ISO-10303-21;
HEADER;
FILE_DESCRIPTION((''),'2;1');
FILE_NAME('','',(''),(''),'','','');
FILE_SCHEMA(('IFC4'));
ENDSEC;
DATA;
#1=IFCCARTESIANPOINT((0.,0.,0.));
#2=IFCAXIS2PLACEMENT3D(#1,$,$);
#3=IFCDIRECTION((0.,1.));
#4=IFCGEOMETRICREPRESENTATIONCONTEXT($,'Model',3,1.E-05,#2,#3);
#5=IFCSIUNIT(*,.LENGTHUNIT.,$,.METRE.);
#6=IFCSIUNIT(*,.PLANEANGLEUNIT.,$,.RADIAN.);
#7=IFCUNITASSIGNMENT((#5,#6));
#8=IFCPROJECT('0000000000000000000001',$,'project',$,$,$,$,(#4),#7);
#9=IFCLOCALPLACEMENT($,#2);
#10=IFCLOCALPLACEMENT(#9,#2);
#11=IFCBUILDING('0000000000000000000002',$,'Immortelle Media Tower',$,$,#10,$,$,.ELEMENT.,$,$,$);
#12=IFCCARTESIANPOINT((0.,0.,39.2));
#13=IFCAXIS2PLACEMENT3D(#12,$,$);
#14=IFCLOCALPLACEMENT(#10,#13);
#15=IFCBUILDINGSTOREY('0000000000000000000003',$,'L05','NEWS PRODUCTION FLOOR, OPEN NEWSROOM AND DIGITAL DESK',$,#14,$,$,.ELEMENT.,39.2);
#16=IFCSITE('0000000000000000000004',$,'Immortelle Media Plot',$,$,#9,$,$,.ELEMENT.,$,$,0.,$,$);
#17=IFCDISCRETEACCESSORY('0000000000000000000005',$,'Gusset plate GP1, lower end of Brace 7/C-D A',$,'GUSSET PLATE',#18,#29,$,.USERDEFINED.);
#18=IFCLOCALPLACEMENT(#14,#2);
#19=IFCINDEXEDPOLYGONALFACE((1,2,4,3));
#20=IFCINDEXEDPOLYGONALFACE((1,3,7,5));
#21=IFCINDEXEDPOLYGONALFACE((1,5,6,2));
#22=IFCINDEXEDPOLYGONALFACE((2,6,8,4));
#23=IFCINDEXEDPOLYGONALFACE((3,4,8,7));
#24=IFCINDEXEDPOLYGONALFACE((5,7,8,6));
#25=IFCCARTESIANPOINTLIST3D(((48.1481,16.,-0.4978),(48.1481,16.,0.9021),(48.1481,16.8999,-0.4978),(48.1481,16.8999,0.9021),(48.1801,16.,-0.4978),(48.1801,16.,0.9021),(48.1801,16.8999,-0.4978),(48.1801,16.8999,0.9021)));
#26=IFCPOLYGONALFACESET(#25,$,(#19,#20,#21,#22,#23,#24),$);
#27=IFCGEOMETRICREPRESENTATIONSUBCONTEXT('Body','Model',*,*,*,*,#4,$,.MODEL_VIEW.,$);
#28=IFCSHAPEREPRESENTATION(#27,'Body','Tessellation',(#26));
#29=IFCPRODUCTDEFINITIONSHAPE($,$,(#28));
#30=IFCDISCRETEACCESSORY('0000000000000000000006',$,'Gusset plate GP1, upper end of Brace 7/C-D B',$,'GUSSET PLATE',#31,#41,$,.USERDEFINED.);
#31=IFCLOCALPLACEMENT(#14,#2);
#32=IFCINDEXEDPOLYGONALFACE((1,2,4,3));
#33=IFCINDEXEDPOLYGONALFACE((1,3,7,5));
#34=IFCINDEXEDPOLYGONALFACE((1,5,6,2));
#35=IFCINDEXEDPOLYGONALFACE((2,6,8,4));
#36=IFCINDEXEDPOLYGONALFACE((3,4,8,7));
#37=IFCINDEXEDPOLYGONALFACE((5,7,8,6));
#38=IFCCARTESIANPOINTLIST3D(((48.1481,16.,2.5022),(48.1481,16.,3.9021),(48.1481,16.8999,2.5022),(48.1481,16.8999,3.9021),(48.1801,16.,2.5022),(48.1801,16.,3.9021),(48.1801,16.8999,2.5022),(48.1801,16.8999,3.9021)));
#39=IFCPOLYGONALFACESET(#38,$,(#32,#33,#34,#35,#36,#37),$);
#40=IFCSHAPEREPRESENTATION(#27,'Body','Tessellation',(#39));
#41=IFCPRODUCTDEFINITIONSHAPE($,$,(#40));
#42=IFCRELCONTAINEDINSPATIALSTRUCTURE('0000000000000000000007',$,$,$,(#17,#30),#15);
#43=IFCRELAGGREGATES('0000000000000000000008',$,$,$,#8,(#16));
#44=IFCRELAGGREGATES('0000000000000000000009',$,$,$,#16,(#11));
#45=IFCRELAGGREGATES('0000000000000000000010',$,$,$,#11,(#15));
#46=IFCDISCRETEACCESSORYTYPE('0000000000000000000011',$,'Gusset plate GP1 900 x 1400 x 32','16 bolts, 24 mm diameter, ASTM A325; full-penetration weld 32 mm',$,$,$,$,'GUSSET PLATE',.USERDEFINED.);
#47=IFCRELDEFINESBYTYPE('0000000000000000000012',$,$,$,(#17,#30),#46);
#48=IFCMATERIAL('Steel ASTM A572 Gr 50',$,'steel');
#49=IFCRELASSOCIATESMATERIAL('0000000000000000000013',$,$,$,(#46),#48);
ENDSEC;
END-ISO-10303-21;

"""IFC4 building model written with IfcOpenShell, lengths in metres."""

from ifc_helpers import new_model, si_unit, direction, frame, origin, origin_2d, place, context, subcontext, project, spatial, rectangle, extrude, material, material_profile, profile_set, type_object, element, save


model = new_model("IFC4")

# Units and contexts
model_context = context("Model", 3, precision=1e-05, world=origin(), true_north=direction((0.0, 1.0)))
body_context = subcontext(model_context, "Body", "Model", "MODEL_VIEW")
ifc_project = project(units=[si_unit("LENGTHUNIT", "METRE"), si_unit("PLANEANGLEUNIT", "RADIAN")], contexts=[model_context])

# Site, building, storey
site_placement = place(None, origin())
site = spatial("IfcSite", under=ifc_project, at=site_placement, Name="Immortelle Media Plot", CompositionType="ELEMENT", RefElevation=0.0)
building_placement = place(site_placement, origin())
building = spatial("IfcBuilding", under=site, at=building_placement, Name="Immortelle Media Tower", CompositionType="ELEMENT")
storey_placement = place(building_placement, frame((0.0, 0.0, 39.2)))
storey = spatial("IfcBuildingStorey", under=building, at=storey_placement, Name="L05", Description="NEWS PRODUCTION FLOOR, OPEN NEWSROOM AND DIGITAL DESK", CompositionType="ELEMENT", Elevation=39.2)

# Discrete accessories
ifc_material_1 = material(Name="Steel ASTM A572 Gr 50", Category="steel")
ifc_material_profile_1 = material_profile(ifc_material_1, rectangle(XDim=0.032, YDim=1.3999, at=origin_2d()), Name="PL 32 x 1400")
ifc_profile_set_1 = profile_set([ifc_material_profile_1], Name="Steel ASTM A572 Gr 50")
discrete_accessory_type_1 = type_object("IfcDiscreteAccessoryType", Name="Gusset plate GP1 900 x 1400 x 32", Description="16 bolts, 24 mm diameter, ASTM A325; full-penetration weld 32 mm", ElementType="GUSSET PLATE", PredefinedType="USERDEFINED", material=ifc_profile_set_1)
for number, where, z_axis, x_axis, name in (
    (1, (48.1641, 16.0, 0.2021), (0.0, 1.0, 0.0), (-1.0, 0.0, 0.0), "Gusset plate GP1, lower end of Brace 7/C-D A"),
    (2, (48.1641, 16.0, 3.2021), (0.0, 1.0, 0.0), (-1.0, 0.0, 0.0), "Gusset plate GP1, upper end of Brace 7/C-D B"),
):
    element("IfcDiscreteAccessory", number, at=place(storey_placement, frame(where, z_axis=z_axis, x_axis=x_axis)), inside=storey, type_object=discrete_accessory_type_1, Name=name, ObjectType="GUSSET PLATE", PredefinedType="USERDEFINED", context=body_context, shape_type="SweptSolid", body=[
        extrude(rectangle(XDim=0.032, YDim=1.3999, at=origin_2d()), origin(), (0.0, 0.0, 1.0), 0.8999),
    ])

save(model, "model.ifc")
